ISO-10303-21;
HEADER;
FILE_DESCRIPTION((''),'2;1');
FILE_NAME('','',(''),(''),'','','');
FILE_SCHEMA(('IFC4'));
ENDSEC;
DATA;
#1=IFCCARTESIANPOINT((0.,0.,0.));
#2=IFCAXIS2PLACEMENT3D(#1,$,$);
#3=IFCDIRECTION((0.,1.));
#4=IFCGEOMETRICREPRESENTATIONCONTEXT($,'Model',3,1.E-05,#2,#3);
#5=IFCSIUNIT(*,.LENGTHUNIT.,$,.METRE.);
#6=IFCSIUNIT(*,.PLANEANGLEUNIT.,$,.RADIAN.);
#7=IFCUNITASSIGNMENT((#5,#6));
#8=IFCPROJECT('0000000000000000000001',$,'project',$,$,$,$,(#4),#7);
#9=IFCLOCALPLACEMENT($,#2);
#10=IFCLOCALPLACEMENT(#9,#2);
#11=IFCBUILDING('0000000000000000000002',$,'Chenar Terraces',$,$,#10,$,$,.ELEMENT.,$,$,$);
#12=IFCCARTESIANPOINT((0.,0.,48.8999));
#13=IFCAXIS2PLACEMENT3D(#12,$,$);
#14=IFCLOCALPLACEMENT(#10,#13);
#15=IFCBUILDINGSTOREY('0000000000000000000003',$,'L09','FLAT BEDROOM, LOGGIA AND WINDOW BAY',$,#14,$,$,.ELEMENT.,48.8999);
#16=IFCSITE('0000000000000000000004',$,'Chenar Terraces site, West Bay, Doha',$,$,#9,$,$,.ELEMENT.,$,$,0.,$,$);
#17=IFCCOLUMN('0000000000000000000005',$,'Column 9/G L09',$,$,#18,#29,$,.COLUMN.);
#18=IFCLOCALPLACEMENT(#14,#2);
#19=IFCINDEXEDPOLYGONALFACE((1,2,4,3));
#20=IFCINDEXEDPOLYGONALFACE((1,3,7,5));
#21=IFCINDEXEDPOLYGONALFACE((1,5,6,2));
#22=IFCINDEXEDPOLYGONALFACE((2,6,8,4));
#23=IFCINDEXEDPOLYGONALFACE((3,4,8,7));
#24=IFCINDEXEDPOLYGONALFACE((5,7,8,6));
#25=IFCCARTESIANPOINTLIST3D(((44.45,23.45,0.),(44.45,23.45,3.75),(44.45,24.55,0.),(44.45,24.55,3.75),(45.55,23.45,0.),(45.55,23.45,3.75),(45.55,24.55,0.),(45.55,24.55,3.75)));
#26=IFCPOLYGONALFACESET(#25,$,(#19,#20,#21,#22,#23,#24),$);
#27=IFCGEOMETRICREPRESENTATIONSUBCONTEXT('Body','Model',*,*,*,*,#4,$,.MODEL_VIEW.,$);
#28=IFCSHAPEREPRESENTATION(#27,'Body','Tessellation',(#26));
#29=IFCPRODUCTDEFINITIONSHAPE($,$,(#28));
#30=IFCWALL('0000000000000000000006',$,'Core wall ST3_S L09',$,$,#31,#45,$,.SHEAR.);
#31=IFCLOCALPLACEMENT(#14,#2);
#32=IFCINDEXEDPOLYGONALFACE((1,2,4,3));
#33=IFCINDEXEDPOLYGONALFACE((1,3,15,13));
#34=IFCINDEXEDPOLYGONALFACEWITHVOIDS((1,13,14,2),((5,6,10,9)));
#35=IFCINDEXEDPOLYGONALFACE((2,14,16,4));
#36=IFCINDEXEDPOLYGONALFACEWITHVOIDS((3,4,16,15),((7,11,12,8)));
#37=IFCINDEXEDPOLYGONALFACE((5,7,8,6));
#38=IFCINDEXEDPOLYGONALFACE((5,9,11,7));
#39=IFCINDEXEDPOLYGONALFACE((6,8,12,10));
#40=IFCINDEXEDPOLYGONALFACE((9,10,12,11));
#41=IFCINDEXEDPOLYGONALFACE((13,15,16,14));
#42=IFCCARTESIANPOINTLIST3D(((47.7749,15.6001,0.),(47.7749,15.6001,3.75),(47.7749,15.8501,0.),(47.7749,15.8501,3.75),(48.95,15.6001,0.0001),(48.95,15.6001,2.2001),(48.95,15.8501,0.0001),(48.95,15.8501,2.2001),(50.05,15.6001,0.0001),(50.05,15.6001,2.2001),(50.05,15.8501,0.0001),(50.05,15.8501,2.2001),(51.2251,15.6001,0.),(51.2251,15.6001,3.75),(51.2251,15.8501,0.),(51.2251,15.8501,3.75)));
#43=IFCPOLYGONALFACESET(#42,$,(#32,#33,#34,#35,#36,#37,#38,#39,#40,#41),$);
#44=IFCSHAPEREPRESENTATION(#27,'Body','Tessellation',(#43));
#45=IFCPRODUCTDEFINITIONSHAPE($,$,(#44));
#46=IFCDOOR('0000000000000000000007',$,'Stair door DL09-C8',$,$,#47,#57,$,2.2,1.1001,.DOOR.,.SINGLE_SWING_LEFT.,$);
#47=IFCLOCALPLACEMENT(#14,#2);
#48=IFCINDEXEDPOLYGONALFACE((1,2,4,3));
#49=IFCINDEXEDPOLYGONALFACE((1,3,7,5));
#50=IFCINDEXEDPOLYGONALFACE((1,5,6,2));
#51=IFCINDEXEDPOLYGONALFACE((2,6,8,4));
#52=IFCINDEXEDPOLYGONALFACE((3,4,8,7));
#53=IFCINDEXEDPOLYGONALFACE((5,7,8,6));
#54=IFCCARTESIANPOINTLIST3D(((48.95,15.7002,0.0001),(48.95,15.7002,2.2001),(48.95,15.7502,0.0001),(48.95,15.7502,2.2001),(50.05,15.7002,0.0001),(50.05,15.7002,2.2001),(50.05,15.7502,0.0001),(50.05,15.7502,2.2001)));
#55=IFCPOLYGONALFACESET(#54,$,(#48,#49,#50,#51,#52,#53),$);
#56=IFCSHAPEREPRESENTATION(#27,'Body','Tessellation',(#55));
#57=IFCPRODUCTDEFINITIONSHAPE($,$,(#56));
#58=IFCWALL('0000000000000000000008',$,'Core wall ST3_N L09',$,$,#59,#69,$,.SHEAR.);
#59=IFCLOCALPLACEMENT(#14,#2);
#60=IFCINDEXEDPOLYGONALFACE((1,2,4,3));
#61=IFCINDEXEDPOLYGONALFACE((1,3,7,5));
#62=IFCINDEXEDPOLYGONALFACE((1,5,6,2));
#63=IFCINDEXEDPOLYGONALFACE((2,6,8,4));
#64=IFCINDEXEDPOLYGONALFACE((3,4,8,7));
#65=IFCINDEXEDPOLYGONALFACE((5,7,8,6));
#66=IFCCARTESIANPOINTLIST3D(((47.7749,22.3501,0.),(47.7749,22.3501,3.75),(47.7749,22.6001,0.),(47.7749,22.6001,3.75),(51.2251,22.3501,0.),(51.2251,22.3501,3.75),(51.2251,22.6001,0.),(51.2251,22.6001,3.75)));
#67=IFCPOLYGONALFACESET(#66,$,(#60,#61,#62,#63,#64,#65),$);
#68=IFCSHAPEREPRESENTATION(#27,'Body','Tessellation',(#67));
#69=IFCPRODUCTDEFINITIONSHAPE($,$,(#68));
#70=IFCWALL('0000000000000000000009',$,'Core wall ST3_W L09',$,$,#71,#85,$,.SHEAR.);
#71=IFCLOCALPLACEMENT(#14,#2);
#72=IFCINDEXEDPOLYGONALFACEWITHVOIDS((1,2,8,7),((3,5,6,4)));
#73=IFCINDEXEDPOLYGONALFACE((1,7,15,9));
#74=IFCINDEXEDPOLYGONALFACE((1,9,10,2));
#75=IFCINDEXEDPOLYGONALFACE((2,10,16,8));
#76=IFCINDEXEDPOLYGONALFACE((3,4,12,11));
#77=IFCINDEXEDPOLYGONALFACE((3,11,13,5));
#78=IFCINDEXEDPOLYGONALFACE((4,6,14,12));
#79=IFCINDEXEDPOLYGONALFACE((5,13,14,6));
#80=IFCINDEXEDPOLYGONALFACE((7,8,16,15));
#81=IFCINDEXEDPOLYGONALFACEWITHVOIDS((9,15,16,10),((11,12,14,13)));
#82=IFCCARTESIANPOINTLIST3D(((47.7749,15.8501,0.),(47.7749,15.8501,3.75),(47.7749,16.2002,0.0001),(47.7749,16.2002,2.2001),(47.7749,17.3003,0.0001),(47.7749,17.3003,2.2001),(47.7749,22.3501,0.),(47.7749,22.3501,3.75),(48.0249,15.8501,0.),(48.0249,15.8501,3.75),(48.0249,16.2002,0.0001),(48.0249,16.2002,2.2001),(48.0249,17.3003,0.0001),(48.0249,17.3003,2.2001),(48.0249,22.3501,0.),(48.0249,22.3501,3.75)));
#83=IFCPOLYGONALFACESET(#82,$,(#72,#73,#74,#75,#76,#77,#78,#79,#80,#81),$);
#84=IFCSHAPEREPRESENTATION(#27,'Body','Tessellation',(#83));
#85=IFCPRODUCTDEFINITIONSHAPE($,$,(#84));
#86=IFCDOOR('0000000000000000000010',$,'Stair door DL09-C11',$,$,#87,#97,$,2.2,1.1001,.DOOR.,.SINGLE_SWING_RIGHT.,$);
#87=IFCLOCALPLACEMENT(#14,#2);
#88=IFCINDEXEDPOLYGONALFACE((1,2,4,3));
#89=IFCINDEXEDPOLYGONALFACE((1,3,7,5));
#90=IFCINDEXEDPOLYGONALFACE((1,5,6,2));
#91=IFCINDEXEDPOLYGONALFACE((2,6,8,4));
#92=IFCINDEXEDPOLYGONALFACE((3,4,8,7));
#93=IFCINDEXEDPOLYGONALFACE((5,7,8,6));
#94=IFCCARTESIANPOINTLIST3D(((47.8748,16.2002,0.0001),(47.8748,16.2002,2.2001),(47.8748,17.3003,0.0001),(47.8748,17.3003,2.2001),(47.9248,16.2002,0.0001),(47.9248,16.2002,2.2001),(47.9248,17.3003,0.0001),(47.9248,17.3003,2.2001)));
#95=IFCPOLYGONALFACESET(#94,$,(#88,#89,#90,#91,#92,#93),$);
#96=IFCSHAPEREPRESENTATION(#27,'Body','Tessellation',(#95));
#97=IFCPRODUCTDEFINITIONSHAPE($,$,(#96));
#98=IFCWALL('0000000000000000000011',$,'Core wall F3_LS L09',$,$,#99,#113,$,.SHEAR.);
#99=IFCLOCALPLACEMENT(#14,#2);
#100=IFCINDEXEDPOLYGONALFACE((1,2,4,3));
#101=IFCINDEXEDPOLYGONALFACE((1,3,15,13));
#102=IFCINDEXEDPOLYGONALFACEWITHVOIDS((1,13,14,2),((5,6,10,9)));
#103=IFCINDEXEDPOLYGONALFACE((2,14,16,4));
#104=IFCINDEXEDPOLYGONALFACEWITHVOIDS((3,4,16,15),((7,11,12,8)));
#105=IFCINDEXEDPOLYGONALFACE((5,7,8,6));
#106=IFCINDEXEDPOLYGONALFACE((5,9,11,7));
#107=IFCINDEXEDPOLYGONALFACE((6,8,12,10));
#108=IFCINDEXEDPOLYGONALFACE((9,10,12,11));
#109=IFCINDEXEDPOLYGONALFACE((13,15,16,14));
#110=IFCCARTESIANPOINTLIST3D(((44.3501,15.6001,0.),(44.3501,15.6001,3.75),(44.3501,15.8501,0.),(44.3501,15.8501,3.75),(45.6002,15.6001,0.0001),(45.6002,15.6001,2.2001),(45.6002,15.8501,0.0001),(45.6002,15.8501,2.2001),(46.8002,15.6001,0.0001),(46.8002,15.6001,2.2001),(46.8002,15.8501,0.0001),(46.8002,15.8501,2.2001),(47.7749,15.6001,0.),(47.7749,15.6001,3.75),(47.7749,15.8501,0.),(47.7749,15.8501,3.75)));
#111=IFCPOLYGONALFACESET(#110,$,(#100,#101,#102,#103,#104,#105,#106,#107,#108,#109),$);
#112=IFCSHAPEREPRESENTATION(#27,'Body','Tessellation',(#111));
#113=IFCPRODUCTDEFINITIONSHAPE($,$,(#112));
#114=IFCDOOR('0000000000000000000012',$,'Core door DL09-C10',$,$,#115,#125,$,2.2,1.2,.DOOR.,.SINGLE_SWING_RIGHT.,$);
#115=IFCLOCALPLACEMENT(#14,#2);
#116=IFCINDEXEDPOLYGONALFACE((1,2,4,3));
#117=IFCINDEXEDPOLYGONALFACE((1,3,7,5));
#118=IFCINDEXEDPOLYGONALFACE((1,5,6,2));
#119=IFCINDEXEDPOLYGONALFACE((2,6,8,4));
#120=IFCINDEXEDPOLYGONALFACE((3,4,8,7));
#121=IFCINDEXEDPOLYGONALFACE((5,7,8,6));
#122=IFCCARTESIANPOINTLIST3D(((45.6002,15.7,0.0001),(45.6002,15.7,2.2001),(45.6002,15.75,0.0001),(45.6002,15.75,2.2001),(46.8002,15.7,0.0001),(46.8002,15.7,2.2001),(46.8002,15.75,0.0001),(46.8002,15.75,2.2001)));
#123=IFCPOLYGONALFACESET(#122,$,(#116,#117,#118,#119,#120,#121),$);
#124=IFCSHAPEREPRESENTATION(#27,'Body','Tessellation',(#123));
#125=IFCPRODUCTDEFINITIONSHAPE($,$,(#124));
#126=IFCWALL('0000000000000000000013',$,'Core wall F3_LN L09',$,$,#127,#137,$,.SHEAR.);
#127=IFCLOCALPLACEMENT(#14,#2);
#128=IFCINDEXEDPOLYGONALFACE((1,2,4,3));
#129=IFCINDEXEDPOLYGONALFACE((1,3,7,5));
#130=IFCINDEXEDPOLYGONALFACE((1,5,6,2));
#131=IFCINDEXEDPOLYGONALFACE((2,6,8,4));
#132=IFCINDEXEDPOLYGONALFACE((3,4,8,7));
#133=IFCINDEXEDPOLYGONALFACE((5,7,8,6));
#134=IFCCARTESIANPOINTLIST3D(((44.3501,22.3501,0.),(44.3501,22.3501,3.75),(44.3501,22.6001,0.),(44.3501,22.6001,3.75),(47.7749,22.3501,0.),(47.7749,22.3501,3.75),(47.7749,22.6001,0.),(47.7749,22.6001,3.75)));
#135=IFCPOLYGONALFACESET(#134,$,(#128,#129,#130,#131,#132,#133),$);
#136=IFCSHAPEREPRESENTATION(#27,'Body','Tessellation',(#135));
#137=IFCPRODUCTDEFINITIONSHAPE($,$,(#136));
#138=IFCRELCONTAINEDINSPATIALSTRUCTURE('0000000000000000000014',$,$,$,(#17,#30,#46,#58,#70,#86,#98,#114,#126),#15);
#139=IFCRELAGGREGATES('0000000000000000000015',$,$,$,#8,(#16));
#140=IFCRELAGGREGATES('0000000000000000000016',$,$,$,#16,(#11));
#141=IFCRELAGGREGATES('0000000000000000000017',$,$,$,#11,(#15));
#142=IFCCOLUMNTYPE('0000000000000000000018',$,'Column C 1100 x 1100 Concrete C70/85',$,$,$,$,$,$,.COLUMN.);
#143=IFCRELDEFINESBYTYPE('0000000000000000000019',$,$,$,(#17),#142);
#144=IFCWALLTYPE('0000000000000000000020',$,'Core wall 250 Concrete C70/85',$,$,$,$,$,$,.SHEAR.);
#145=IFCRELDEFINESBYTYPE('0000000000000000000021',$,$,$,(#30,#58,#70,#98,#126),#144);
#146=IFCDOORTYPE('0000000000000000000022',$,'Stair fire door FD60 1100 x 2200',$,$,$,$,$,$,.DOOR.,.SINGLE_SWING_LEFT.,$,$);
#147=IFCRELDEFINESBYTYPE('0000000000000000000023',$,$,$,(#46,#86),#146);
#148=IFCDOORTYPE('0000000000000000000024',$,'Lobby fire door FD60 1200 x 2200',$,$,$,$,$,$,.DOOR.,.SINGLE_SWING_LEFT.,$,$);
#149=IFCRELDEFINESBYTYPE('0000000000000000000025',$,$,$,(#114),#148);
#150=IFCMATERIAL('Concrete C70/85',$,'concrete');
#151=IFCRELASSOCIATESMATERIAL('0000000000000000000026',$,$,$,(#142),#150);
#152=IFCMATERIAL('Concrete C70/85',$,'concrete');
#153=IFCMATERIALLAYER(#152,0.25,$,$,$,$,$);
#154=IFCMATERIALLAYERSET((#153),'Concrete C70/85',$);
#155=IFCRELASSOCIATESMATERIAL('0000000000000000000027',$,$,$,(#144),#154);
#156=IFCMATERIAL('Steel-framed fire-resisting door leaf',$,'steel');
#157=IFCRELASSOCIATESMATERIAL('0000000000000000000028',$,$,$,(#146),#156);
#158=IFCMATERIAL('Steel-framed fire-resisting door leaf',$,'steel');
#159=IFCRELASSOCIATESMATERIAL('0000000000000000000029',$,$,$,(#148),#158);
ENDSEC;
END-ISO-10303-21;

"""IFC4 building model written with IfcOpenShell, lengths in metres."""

from ifc_helpers import new_model, si_unit, direction, frame, frame_2d, origin, origin_2d, place, context, subcontext, project, spatial, rectangle, extrude, material, layer, layer_set, material_profile, profile_set, type_object, element, fill, save


model = new_model("IFC4")

# Units and contexts
model_context = context("Model", 3, precision=1e-05, world=origin(), true_north=direction((0.0, 1.0)))
body_context = subcontext(model_context, "Body", "Model", "MODEL_VIEW")
ifc_project = project(units=[si_unit("LENGTHUNIT", "METRE"), si_unit("PLANEANGLEUNIT", "RADIAN")], contexts=[model_context])

# Site, building, storey
site_placement = place(None, origin())
site = spatial("IfcSite", under=ifc_project, at=site_placement, Name="Chenar Terraces site, West Bay, Doha", CompositionType="ELEMENT", RefElevation=0.0)
building_placement = place(site_placement, origin())
building = spatial("IfcBuilding", under=site, at=building_placement, Name="Chenar Terraces", CompositionType="ELEMENT")
storey_placement = place(building_placement, frame((0.0, 0.0, 48.8999)))
storey = spatial("IfcBuildingStorey", under=building, at=storey_placement, Name="L09", Description="FLAT BEDROOM, LOGGIA AND WINDOW BAY", CompositionType="ELEMENT", Elevation=48.8999)

# Column
ifc_material_1 = material(Name="Concrete C70/85", Category="concrete")
ifc_material_profile_1 = material_profile(ifc_material_1, rectangle(XDim=1.1001, YDim=1.1001, at=origin_2d()), Name="C 1100 x 1100")
ifc_profile_set_1 = profile_set([ifc_material_profile_1], Name="Concrete C70/85")
column_type = type_object("IfcColumnType", Name="Column C 1100 x 1100 Concrete C70/85", PredefinedType="COLUMN", material=ifc_profile_set_1)
column_placement = place(storey_placement, frame((45.0, 24.0, 0.0), z_axis=(0.0, 0.0, 1.0), x_axis=(1.0, 0.0, 0.0)))
element("IfcColumn", 1, at=column_placement, inside=storey, type_object=column_type, Name="Column 9/G L09", PredefinedType="COLUMN", context=body_context, shape_type="SweptSolid", body=[
    extrude(rectangle(XDim=1.1001, YDim=1.1001, at=origin_2d()), origin(), (0.0, 0.0, 1.0), 3.75),
])

# Wall, opening, door
ifc_material_2 = material(Name="Concrete C70/85", Category="concrete")
ifc_layer_1 = layer(ifc_material_2, 0.25)
ifc_layer_set_1 = layer_set([ifc_layer_1], Name="Concrete C70/85")
wall_type_1 = type_object("IfcWallType", Name="Core wall 250 Concrete C70/85", PredefinedType="SHEAR", material=ifc_layer_set_1)
wall_1_placement = place(storey_placement, frame((47.7749, 15.7251, 0.0), z_axis=(0.0, 0.0, 1.0), x_axis=(1.0, 0.0, 0.0)))
wall_1 = element("IfcWall", 2, at=wall_1_placement, inside=storey, type_object=wall_type_1, Name="Core wall ST3_S L09", PredefinedType="SHEAR", context=body_context, shape_type="SweptSolid", body=[
    extrude(rectangle(XDim=3.4502, YDim=0.25, at=frame_2d((1.7251, 0.0))), origin(), (0.0, 0.0, 1.0), 3.75),
])
opening_1_placement = place(wall_1_placement, frame((1.175, 0.0, 0.0)))
opening_1 = element("IfcOpeningElement", 3, at=opening_1_placement, cuts=wall_1, PredefinedType="OPENING", context=body_context, shape_type="SweptSolid", body=[
    extrude(rectangle(XDim=1.1001, YDim=2.2, at=frame_2d((0.55, 1.1001))), frame((0.0, 0.135, 0.0), z_axis=(0.0, -1.0, 0.0), x_axis=(1.0, 0.0, 0.0)), (0.0, 0.0, 1.0), 0.27),
])
ifc_material_3 = material(Name="Steel-framed fire-resisting door leaf", Category="steel")
door_type_1 = type_object("IfcDoorType", Name="Stair fire door FD60 1100 x 2200", OperationType="SINGLE_SWING_LEFT", PredefinedType="DOOR", material=ifc_material_3)
door_1_placement = place(opening_1_placement, frame((1.1001, 0.0, 0.0), z_axis=(0.0, 0.0, 1.0), x_axis=(-1.0, 0.0, 0.0)))
door_1 = element("IfcDoor", 4, at=door_1_placement, inside=storey, type_object=door_type_1, Name="Stair door DL09-C8", OperationType="SINGLE_SWING_LEFT", OverallHeight=2.2, OverallWidth=1.1001, PredefinedType="DOOR", context=body_context, shape_type="SweptSolid", body=[
    extrude(rectangle(XDim=1.1001, YDim=2.2, at=frame_2d((0.55, 1.1001))), frame((0.0, 0.0249, 0.0), z_axis=(0.0, -1.0, 0.0), x_axis=(1.0, 0.0, 0.0)), (0.0, 0.0, 1.0), 0.05),
])
fill(opening_1, door_1)

# Wall
wall_2_placement = place(storey_placement, frame((47.7749, 22.4751, 0.0), z_axis=(0.0, 0.0, 1.0), x_axis=(1.0, 0.0, 0.0)))
element("IfcWall", 5, at=wall_2_placement, inside=storey, type_object=wall_type_1, Name="Core wall ST3_N L09", PredefinedType="SHEAR", context=body_context, shape_type="SweptSolid", body=[
    extrude(rectangle(XDim=3.4502, YDim=0.25, at=frame_2d((1.7251, 0.0))), origin(), (0.0, 0.0, 1.0), 3.75),
])

# Walls, openings, doors
wall_3_placement = place(storey_placement, frame((47.8999, 15.8501, 0.0), z_axis=(0.0, 0.0, 1.0), x_axis=(0.0, 1.0, 0.0)))
wall_3 = element("IfcWall", 6, at=wall_3_placement, inside=storey, type_object=wall_type_1, Name="Core wall ST3_W L09", PredefinedType="SHEAR", context=body_context, shape_type="SweptSolid", body=[
    extrude(rectangle(XDim=6.5, YDim=0.25, at=frame_2d((3.25, 0.0))), origin(), (0.0, 0.0, 1.0), 3.75),
])
opening_2_placement = place(wall_3_placement, frame((0.3501, 0.0, 0.0)))
opening_2 = element("IfcOpeningElement", 7, at=opening_2_placement, cuts=wall_3, PredefinedType="OPENING", context=body_context, shape_type="SweptSolid", body=[
    extrude(rectangle(XDim=1.1001, YDim=2.2, at=frame_2d((0.55, 1.1001))), frame((0.0, 0.135, 0.0), z_axis=(0.0, -1.0, 0.0), x_axis=(1.0, 0.0, 0.0)), (0.0, 0.0, 1.0), 0.27),
])
door_2_placement = place(opening_2_placement, frame((1.1001, 0.0, 0.0), z_axis=(0.0, 0.0, 1.0), x_axis=(-1.0, 0.0, 0.0)))
door_2 = element("IfcDoor", 8, at=door_2_placement, inside=storey, type_object=door_type_1, Name="Stair door DL09-C11", OperationType="SINGLE_SWING_RIGHT", OverallHeight=2.2, OverallWidth=1.1001, PredefinedType="DOOR", context=body_context, shape_type="SweptSolid", body=[
    extrude(rectangle(XDim=1.1001, YDim=2.2, at=frame_2d((0.55, 1.1001))), frame((0.0, 0.0249, 0.0), z_axis=(0.0, -1.0, 0.0), x_axis=(1.0, 0.0, 0.0)), (0.0, 0.0, 1.0), 0.05),
])
fill(opening_2, door_2)
wall_4_placement = place(storey_placement, frame((44.3501, 15.7251, 0.0), z_axis=(0.0, 0.0, 1.0), x_axis=(1.0, 0.0, 0.0)))
wall_4 = element("IfcWall", 9, at=wall_4_placement, inside=storey, type_object=wall_type_1, Name="Core wall F3_LS L09", PredefinedType="SHEAR", context=body_context, shape_type="SweptSolid", body=[
    extrude(rectangle(XDim=3.4248, YDim=0.25, at=frame_2d((1.7124, 0.0))), origin(), (0.0, 0.0, 1.0), 3.75),
])
opening_3_placement = place(wall_4_placement, frame((1.25, 0.0, 0.0)))
opening_3 = element("IfcOpeningElement", 10, at=opening_3_placement, cuts=wall_4, PredefinedType="OPENING", context=body_context, shape_type="SweptSolid", body=[
    extrude(rectangle(XDim=1.2, YDim=2.2, at=frame_2d((0.6001, 1.1001))), frame((0.0, 0.135, 0.0), z_axis=(0.0, -1.0, 0.0), x_axis=(1.0, 0.0, 0.0)), (0.0, 0.0, 1.0), 0.27),
])
ifc_material_4 = material(Name="Steel-framed fire-resisting door leaf", Category="steel")
door_type_2 = type_object("IfcDoorType", Name="Lobby fire door FD60 1200 x 2200", OperationType="SINGLE_SWING_LEFT", PredefinedType="DOOR", material=ifc_material_4)
door_3_placement = place(opening_3_placement, origin())
door_3 = element("IfcDoor", 11, at=door_3_placement, inside=storey, type_object=door_type_2, Name="Core door DL09-C10", OperationType="SINGLE_SWING_RIGHT", OverallHeight=2.2, OverallWidth=1.2, PredefinedType="DOOR", context=body_context, shape_type="SweptSolid", body=[
    extrude(rectangle(XDim=1.2, YDim=2.2, at=frame_2d((0.6001, 1.1001))), frame((0.0, 0.0249, 0.0), z_axis=(0.0, -1.0, 0.0), x_axis=(1.0, 0.0, 0.0)), (0.0, 0.0, 1.0), 0.05),
])
fill(opening_3, door_3)

# Wall
wall_5_placement = place(storey_placement, frame((44.3501, 22.4751, 0.0), z_axis=(0.0, 0.0, 1.0), x_axis=(1.0, 0.0, 0.0)))
element("IfcWall", 12, at=wall_5_placement, inside=storey, type_object=wall_type_1, Name="Core wall F3_LN L09", PredefinedType="SHEAR", context=body_context, shape_type="SweptSolid", body=[
    extrude(rectangle(XDim=3.4248, YDim=0.25, at=frame_2d((1.7124, 0.0))), origin(), (0.0, 0.0, 1.0), 3.75),
])

save(model, "model.ifc")
